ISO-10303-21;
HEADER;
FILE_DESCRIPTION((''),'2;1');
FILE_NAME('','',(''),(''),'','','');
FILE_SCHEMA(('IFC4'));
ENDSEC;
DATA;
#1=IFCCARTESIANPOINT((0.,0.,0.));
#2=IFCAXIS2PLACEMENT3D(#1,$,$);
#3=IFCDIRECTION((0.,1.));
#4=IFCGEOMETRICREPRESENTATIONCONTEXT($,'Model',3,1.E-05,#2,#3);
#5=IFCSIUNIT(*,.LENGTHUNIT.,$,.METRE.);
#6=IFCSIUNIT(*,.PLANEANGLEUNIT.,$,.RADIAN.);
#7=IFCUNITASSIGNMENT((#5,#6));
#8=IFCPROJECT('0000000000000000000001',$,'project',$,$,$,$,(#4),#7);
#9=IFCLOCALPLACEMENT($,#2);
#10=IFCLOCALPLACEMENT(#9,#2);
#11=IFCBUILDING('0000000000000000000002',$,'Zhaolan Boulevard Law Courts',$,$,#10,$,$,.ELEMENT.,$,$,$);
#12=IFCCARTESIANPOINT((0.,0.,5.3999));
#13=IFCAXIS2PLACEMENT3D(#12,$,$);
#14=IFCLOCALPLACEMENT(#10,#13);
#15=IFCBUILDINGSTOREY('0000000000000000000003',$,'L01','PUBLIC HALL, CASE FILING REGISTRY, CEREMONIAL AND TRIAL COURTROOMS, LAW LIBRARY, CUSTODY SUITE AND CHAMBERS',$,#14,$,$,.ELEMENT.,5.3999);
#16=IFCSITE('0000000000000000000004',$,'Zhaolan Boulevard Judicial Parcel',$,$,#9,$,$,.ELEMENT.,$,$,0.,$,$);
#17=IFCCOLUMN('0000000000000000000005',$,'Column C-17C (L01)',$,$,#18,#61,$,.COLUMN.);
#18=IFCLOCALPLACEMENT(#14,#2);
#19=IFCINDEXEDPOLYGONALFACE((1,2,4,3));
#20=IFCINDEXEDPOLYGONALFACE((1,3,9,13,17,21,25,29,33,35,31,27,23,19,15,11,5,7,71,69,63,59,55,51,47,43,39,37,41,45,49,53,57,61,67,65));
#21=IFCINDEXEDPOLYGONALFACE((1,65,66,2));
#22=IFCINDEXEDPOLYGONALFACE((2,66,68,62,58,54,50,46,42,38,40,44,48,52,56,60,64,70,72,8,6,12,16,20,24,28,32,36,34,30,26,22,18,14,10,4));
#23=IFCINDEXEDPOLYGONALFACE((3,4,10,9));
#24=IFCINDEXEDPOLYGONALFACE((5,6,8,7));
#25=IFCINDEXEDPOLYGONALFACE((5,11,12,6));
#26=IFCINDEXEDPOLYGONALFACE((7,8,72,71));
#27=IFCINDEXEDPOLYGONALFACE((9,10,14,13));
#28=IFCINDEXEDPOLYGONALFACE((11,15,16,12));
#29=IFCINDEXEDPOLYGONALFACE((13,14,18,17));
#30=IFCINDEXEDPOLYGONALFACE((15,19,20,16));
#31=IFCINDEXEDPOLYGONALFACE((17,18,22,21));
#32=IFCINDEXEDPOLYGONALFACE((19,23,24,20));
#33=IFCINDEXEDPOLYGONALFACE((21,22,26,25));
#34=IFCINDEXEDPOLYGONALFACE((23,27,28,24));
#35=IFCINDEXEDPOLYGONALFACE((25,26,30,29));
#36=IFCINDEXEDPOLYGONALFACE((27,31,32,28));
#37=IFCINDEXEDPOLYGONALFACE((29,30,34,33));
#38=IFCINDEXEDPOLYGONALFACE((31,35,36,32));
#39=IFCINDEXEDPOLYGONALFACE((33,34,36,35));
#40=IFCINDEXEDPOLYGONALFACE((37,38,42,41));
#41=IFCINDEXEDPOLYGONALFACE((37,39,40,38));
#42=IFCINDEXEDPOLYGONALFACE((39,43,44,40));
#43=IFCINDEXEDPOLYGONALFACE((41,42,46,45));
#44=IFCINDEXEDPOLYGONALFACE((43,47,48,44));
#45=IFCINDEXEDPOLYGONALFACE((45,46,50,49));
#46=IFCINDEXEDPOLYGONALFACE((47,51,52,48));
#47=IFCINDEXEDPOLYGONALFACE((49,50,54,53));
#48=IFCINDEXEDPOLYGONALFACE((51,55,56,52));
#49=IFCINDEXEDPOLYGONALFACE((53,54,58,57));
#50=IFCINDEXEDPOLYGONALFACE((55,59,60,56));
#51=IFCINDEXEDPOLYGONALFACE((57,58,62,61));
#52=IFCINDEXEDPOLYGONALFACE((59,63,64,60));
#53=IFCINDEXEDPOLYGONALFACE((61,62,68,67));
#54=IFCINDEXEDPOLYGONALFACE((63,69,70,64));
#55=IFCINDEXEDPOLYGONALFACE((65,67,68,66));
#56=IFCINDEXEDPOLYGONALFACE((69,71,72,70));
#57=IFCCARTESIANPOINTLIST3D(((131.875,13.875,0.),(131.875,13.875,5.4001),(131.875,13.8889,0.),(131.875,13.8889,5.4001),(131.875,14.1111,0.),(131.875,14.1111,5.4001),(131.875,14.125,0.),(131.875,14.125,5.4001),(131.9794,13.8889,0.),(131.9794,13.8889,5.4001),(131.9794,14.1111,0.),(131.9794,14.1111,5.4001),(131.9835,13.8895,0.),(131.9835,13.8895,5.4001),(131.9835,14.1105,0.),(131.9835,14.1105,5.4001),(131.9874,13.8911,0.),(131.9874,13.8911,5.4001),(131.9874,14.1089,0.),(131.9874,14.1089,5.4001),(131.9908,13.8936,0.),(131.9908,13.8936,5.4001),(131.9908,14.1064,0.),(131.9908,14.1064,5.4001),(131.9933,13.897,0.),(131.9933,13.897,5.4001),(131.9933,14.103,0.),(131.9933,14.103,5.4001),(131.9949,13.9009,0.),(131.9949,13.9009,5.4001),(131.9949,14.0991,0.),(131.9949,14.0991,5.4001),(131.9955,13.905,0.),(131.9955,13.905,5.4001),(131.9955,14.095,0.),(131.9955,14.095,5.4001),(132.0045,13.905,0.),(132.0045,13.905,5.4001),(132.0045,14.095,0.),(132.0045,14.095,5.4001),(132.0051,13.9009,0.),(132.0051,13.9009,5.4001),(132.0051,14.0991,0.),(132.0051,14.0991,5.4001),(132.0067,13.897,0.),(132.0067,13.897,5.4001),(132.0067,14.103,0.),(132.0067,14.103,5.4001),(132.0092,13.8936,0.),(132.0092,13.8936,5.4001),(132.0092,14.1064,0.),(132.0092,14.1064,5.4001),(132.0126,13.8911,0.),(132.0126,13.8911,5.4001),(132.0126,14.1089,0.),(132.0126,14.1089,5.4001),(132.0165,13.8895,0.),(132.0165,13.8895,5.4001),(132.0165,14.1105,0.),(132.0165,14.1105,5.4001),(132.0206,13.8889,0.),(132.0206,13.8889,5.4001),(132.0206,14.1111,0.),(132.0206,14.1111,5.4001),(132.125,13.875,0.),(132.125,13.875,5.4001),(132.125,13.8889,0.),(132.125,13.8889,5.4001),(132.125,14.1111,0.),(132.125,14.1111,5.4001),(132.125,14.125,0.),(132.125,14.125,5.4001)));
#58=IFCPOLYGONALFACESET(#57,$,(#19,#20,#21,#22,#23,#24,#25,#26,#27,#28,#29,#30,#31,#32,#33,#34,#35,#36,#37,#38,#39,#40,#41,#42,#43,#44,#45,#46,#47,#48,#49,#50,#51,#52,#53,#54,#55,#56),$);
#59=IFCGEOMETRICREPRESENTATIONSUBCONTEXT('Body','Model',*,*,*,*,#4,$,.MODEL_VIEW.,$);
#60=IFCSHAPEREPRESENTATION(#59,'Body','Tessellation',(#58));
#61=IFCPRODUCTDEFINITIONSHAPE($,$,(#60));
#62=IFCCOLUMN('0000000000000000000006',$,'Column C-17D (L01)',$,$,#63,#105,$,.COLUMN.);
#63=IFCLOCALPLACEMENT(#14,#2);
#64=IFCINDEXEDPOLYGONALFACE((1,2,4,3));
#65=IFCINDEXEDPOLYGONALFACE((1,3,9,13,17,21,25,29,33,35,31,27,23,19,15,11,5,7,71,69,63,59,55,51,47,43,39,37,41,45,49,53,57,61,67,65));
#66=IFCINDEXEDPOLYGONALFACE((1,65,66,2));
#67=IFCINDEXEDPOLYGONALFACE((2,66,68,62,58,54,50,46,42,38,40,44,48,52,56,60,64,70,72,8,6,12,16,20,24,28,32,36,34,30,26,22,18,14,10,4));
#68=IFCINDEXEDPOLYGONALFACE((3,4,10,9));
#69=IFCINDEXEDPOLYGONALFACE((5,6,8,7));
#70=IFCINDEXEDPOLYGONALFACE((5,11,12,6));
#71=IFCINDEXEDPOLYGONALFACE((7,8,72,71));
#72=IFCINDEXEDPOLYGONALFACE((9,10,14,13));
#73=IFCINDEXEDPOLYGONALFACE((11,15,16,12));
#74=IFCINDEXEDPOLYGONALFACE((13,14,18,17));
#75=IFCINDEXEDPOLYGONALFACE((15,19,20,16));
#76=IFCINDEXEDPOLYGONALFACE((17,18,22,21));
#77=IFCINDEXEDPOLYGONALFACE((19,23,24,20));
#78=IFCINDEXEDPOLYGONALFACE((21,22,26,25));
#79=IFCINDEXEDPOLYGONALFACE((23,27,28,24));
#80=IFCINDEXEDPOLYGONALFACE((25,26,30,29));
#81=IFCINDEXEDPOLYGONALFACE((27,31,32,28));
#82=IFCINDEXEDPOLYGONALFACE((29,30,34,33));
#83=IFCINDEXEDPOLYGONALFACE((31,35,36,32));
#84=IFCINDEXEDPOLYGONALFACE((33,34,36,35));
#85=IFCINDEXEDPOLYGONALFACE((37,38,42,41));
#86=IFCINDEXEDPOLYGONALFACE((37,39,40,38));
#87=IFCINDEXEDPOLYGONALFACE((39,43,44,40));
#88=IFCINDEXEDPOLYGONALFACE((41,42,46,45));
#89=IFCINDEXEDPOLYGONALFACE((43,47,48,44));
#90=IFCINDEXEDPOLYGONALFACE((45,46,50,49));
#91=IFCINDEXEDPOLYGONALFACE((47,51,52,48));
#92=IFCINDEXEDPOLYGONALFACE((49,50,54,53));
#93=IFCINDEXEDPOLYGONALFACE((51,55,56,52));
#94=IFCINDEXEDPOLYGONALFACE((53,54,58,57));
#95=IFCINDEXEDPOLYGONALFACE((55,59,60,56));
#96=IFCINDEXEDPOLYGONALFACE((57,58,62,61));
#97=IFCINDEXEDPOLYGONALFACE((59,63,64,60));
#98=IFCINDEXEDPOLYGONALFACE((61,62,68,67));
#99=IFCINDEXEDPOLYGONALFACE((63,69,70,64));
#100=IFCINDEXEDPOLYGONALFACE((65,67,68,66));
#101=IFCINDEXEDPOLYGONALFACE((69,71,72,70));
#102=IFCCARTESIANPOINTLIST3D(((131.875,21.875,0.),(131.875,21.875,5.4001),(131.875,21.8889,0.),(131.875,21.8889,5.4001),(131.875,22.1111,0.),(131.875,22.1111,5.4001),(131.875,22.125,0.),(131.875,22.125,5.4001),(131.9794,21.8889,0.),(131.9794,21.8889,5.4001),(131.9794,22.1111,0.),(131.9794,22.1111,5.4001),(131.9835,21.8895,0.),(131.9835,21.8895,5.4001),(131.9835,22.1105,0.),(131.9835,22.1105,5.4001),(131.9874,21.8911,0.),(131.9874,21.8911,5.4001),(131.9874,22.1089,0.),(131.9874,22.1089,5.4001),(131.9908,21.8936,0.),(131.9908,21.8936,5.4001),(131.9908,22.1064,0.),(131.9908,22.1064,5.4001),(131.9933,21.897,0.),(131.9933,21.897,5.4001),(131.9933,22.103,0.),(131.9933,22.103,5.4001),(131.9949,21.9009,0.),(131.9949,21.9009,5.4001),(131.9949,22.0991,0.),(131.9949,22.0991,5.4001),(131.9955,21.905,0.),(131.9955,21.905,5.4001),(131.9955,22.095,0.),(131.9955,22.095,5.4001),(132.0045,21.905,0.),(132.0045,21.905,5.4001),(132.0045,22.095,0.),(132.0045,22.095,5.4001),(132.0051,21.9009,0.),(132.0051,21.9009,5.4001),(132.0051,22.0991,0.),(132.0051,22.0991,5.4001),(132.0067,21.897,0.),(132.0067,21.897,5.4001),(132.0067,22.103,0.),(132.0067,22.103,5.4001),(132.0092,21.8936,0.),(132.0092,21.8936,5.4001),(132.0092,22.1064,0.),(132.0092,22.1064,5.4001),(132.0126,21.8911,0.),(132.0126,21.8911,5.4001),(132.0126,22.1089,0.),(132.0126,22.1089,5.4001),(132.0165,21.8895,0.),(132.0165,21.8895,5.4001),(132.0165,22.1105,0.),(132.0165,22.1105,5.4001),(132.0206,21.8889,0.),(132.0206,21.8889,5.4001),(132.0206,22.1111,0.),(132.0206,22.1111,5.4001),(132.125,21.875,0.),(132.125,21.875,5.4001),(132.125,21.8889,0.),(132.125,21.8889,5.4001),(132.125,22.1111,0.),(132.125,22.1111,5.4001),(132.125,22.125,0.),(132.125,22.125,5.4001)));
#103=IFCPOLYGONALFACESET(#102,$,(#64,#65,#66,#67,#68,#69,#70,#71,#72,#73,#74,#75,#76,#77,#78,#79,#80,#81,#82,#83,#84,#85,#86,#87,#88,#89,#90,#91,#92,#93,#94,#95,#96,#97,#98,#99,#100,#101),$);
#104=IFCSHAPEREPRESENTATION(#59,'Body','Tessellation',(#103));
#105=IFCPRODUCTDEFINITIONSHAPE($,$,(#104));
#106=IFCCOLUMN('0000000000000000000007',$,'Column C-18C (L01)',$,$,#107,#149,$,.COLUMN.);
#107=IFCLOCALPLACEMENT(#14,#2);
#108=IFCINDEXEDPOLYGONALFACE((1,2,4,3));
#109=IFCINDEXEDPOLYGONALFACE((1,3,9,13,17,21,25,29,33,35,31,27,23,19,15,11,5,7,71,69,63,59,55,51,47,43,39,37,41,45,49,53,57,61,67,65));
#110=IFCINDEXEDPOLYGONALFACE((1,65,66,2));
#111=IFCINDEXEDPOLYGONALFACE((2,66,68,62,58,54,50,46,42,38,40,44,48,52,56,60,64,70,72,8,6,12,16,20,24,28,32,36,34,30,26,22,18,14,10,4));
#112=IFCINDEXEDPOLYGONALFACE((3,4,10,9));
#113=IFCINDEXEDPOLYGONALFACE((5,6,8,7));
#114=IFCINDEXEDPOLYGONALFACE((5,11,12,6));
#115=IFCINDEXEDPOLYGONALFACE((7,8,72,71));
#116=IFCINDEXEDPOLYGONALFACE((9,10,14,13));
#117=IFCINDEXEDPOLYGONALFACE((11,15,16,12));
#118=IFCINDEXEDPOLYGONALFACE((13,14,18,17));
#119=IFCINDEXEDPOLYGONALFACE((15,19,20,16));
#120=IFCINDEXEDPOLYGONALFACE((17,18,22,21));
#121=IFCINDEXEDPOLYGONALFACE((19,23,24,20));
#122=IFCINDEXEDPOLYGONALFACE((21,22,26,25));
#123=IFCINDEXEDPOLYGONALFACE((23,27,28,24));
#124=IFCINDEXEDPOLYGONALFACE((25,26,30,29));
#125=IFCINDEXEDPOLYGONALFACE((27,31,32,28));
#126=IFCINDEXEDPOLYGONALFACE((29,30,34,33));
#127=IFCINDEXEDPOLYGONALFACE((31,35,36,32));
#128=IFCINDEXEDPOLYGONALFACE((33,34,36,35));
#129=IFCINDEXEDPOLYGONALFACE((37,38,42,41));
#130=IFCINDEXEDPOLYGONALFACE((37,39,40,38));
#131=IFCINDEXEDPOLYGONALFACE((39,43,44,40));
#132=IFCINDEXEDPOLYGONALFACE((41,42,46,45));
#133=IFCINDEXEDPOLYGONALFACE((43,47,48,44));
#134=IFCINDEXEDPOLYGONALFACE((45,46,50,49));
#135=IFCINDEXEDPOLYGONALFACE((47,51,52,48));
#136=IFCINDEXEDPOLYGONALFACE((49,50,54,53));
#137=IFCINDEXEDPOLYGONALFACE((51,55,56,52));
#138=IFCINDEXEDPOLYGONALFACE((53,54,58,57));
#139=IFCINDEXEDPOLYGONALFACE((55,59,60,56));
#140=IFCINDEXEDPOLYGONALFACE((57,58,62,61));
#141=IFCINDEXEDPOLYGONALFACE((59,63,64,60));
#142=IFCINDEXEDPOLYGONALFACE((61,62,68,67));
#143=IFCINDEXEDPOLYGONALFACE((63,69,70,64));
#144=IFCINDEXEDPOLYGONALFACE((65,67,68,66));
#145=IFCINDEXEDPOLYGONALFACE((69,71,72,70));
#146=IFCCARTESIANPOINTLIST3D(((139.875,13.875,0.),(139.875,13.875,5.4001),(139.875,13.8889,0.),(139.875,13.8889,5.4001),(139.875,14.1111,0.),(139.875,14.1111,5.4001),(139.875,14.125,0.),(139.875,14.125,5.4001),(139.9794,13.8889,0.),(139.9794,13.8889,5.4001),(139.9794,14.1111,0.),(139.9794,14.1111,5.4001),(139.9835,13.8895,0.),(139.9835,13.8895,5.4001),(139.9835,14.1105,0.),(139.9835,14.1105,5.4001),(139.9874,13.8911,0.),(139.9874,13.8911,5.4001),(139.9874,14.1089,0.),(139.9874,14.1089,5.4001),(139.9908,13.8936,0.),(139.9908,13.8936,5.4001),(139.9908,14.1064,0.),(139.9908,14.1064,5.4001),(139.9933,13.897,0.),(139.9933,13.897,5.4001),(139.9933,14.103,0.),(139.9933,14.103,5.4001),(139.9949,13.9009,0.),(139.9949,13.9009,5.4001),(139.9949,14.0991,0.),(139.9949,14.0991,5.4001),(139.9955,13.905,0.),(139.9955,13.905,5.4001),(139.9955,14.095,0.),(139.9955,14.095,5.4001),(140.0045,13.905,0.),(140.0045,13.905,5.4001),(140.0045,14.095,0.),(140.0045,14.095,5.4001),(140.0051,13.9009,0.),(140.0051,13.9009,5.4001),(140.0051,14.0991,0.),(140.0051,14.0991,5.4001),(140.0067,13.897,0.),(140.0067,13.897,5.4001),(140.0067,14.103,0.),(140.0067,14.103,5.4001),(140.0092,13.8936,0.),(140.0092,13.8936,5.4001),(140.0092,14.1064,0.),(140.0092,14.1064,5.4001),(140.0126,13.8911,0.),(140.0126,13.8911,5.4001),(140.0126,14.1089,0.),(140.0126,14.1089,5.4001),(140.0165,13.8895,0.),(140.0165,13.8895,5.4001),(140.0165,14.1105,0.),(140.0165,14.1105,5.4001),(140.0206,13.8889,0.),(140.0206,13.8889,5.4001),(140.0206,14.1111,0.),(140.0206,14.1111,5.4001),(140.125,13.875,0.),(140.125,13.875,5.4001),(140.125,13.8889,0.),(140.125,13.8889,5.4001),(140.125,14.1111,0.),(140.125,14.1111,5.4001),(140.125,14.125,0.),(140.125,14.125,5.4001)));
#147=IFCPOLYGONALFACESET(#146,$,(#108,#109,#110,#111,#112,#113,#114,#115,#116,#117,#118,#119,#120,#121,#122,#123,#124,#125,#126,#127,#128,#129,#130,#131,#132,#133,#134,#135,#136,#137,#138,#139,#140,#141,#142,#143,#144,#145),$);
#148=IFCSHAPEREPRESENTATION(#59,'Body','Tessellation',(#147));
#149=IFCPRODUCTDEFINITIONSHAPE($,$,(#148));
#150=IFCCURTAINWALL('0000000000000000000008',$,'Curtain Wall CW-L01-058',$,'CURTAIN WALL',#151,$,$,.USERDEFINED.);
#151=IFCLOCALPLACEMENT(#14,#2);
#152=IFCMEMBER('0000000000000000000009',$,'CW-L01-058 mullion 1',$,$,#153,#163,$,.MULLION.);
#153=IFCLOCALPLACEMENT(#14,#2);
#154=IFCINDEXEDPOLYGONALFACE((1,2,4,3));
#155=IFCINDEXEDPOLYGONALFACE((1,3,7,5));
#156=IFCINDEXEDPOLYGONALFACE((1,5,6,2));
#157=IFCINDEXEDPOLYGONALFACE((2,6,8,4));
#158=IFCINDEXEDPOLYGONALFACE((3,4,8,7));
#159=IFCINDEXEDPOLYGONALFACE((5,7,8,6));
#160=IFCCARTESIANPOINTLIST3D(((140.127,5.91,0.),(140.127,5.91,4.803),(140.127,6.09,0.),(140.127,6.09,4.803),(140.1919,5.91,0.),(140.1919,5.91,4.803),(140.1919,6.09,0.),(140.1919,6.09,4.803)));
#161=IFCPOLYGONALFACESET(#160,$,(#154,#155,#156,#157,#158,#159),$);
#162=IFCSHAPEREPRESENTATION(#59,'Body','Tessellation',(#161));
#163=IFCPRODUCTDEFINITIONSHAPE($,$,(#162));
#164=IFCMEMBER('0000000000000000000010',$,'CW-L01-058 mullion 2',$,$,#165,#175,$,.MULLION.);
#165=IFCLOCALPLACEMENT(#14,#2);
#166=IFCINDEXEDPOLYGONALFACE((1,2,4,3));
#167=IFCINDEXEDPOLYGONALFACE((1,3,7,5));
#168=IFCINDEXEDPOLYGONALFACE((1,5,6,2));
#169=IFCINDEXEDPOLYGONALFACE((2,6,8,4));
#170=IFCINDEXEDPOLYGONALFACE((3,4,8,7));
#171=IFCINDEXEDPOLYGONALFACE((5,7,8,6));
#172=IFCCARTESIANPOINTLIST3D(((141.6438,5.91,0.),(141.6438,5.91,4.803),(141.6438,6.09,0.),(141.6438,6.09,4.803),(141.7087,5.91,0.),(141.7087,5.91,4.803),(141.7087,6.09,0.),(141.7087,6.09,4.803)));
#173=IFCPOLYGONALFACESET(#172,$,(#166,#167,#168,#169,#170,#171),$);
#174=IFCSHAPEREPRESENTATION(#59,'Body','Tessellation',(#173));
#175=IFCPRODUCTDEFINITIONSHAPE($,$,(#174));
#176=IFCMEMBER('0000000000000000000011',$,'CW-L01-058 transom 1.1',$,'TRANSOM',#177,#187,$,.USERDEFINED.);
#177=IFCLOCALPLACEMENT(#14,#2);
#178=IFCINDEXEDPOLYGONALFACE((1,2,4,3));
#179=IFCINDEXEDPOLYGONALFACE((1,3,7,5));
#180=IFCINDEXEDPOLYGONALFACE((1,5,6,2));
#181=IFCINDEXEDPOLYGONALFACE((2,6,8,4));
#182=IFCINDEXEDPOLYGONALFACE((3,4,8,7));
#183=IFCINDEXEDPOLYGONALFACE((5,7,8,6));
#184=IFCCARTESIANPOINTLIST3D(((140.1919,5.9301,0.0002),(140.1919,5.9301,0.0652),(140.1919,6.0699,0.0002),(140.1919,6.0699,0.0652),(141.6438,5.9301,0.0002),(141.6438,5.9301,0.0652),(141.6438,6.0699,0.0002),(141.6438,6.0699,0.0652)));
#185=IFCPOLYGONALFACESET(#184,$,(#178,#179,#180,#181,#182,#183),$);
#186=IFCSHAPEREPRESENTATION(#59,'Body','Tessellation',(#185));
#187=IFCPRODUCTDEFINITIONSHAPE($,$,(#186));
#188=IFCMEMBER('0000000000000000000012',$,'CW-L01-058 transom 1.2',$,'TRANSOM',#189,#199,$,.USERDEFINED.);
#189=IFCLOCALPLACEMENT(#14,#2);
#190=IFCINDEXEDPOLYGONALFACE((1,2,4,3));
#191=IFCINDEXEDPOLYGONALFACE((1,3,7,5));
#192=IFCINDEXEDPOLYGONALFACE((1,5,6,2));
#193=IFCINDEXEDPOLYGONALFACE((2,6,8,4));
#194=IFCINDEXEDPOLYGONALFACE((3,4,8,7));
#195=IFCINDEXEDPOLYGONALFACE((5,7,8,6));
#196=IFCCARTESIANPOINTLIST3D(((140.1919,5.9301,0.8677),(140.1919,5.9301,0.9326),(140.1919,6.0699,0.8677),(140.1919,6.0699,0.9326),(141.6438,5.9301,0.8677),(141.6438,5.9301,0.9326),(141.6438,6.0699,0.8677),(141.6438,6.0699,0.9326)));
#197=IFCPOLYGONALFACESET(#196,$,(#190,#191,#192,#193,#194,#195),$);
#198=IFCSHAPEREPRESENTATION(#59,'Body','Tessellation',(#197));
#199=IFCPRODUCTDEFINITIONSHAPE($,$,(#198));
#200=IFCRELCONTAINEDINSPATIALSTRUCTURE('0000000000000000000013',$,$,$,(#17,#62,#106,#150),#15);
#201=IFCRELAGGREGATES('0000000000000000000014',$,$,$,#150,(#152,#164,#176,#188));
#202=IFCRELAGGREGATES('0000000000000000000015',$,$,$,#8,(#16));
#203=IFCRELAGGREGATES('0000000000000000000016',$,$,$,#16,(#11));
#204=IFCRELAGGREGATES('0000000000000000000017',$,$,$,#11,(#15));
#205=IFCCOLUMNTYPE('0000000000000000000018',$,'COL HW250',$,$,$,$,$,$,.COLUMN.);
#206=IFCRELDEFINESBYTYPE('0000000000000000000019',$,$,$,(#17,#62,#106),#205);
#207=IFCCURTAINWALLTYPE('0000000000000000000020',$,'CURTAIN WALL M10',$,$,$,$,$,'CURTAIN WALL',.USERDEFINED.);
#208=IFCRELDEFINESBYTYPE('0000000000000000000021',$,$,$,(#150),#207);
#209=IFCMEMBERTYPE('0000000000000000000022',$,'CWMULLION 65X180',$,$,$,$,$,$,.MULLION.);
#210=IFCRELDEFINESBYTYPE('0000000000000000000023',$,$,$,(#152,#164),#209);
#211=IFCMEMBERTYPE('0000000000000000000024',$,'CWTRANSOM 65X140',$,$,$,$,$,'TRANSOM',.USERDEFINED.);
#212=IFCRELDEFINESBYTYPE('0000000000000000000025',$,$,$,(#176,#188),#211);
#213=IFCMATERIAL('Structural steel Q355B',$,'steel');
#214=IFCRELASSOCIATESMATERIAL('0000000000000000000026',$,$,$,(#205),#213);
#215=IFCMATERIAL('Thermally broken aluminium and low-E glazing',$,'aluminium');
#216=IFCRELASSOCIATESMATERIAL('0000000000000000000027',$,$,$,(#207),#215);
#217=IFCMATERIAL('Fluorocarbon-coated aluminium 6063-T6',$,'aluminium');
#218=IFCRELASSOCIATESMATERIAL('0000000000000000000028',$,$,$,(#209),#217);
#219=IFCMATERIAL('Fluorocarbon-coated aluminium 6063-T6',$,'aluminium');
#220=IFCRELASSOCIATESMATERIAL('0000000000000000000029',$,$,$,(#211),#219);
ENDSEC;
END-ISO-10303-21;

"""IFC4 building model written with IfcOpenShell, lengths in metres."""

from ifc_helpers import new_model, si_unit, direction, frame, origin, origin_2d, place, context, subcontext, project, spatial, rectangle, i_section, extrude, material, material_profile, profile_set, type_object, element, aggregate, save


model = new_model("IFC4")

# Units and contexts
model_context = context("Model", 3, precision=1e-05, world=origin(), true_north=direction((0.0, 1.0)))
body_context = subcontext(model_context, "Body", "Model", "MODEL_VIEW")
ifc_project = project(units=[si_unit("LENGTHUNIT", "METRE"), si_unit("PLANEANGLEUNIT", "RADIAN")], contexts=[model_context])

# Site, building, storey
site_placement = place(None, origin())
site = spatial("IfcSite", under=ifc_project, at=site_placement, Name="Zhaolan Boulevard Judicial Parcel", CompositionType="ELEMENT", RefElevation=0.0)
building_placement = place(site_placement, origin())
building = spatial("IfcBuilding", under=site, at=building_placement, Name="Zhaolan Boulevard Law Courts", CompositionType="ELEMENT")
storey_placement = place(building_placement, frame((0.0, 0.0, 5.3999)))
storey = spatial("IfcBuildingStorey", under=building, at=storey_placement, Name="L01", Description="PUBLIC HALL, CASE FILING REGISTRY, CEREMONIAL AND TRIAL COURTROOMS, LAW LIBRARY, CUSTODY SUITE AND CHAMBERS", CompositionType="ELEMENT", Elevation=5.3999)

# Columns
ifc_material_1 = material(Name="Structural steel Q355B", Category="steel")
ifc_material_profile_1 = material_profile(ifc_material_1, i_section(OverallWidth=0.25, OverallDepth=0.25, WebThickness=0.009, FlangeThickness=0.0139, FilletRadius=0.0161, at=origin_2d()), Name="HW250x250")
ifc_profile_set_1 = profile_set([ifc_material_profile_1], Name="Structural steel Q355B")
column_type = type_object("IfcColumnType", Name="COL HW250", PredefinedType="COLUMN", material=ifc_profile_set_1)
for number, where, z_axis, x_axis, name in (
    (1, (132.0, 14.0, 0.0), (0.0, 0.0, 1.0), (1.0, 0.0, 0.0), "Column C-17C (L01)"),
    (2, (132.0, 22.0, 0.0), (0.0, 0.0, 1.0), (1.0, 0.0, 0.0), "Column C-17D (L01)"),
    (3, (140.0, 14.0, 0.0), (0.0, 0.0, 1.0), (1.0, 0.0, 0.0), "Column C-18C (L01)"),
):
    element("IfcColumn", number, at=place(storey_placement, frame(where, z_axis=z_axis, x_axis=x_axis)), inside=storey, type_object=column_type, Name=name, PredefinedType="COLUMN", context=body_context, shape_type="SweptSolid", body=[
        extrude(i_section(OverallWidth=0.25, OverallDepth=0.25, WebThickness=0.009, FlangeThickness=0.0139, FilletRadius=0.0161, at=origin_2d()), origin(), (0.0, 0.0, 1.0), 5.4001),
    ])

# Curtain wall, members
ifc_material_2 = material(Name="Thermally broken aluminium and low-E glazing", Category="aluminium")
curtain_wall_type = type_object("IfcCurtainWallType", Name="CURTAIN WALL M10", ElementType="CURTAIN WALL", PredefinedType="USERDEFINED", material=ifc_material_2)
curtain_wall_placement = place(storey_placement, origin())
curtain_wall = element("IfcCurtainWall", 4, at=curtain_wall_placement, inside=storey, type_object=curtain_wall_type, Name="Curtain Wall CW-L01-058", ObjectType="CURTAIN WALL", PredefinedType="USERDEFINED")
ifc_material_3 = material(Name="Fluorocarbon-coated aluminium 6063-T6", Category="aluminium")
ifc_material_profile_2 = material_profile(ifc_material_3, rectangle(XDim=0.1799, YDim=0.0649, at=origin_2d()), Name="AL65x180")
ifc_profile_set_2 = profile_set([ifc_material_profile_2], Name="Fluorocarbon-coated aluminium 6063-T6")
member_type_1 = type_object("IfcMemberType", Name="CWMULLION 65X180", PredefinedType="MULLION", material=ifc_profile_set_2)
member_1_placement = place(storey_placement, frame((140.1594, 6.0, 0.0), z_axis=(0.0, 0.0, 1.0), x_axis=(0.0, 1.0, 0.0)))
member_1 = element("IfcMember", 5, at=member_1_placement, type_object=member_type_1, Name="CW-L01-058 mullion 1", PredefinedType="MULLION", context=body_context, shape_type="SweptSolid", body=[
    extrude(rectangle(XDim=0.1799, YDim=0.0649, at=origin_2d()), origin(), (0.0, 0.0, 1.0), 4.803),
])
member_2_placement = place(storey_placement, frame((141.6763, 6.0, 0.0), z_axis=(0.0, 0.0, 1.0), x_axis=(0.0, 1.0, 0.0)))
member_2 = element("IfcMember", 6, at=member_2_placement, type_object=member_type_1, Name="CW-L01-058 mullion 2", PredefinedType="MULLION", context=body_context, shape_type="SweptSolid", body=[
    extrude(rectangle(XDim=0.1799, YDim=0.0649, at=origin_2d()), origin(), (0.0, 0.0, 1.0), 4.803),
])
ifc_material_4 = material(Name="Fluorocarbon-coated aluminium 6063-T6", Category="aluminium")
ifc_material_profile_3 = material_profile(ifc_material_4, rectangle(XDim=0.1399, YDim=0.0649, at=origin_2d()), Name="AL65x140")
ifc_profile_set_3 = profile_set([ifc_material_profile_3], Name="Fluorocarbon-coated aluminium 6063-T6")
member_type_2 = type_object("IfcMemberType", Name="CWTRANSOM 65X140", ElementType="TRANSOM", PredefinedType="USERDEFINED", material=ifc_profile_set_3)
member_3_placement = place(storey_placement, frame((140.1919, 6.0, 0.0327), z_axis=(1.0, 0.0, 0.0), x_axis=(0.0, 1.0, 0.0)))
member_3 = element("IfcMember", 7, at=member_3_placement, type_object=member_type_2, Name="CW-L01-058 transom 1.1", ObjectType="TRANSOM", PredefinedType="USERDEFINED", context=body_context, shape_type="SweptSolid", body=[
    extrude(rectangle(XDim=0.1399, YDim=0.0649, at=origin_2d()), origin(), (0.0, 0.0, 1.0), 1.4519),
])
member_4_placement = place(storey_placement, frame((140.1919, 6.0, 0.9001), z_axis=(1.0, 0.0, 0.0), x_axis=(0.0, 1.0, 0.0)))
member_4 = element("IfcMember", 8, at=member_4_placement, type_object=member_type_2, Name="CW-L01-058 transom 1.2", ObjectType="TRANSOM", PredefinedType="USERDEFINED", context=body_context, shape_type="SweptSolid", body=[
    extrude(rectangle(XDim=0.1399, YDim=0.0649, at=origin_2d()), origin(), (0.0, 0.0, 1.0), 1.4519),
])

aggregate(curtain_wall, [member_1, member_2, member_3, member_4])

save(model, "model.ifc")
